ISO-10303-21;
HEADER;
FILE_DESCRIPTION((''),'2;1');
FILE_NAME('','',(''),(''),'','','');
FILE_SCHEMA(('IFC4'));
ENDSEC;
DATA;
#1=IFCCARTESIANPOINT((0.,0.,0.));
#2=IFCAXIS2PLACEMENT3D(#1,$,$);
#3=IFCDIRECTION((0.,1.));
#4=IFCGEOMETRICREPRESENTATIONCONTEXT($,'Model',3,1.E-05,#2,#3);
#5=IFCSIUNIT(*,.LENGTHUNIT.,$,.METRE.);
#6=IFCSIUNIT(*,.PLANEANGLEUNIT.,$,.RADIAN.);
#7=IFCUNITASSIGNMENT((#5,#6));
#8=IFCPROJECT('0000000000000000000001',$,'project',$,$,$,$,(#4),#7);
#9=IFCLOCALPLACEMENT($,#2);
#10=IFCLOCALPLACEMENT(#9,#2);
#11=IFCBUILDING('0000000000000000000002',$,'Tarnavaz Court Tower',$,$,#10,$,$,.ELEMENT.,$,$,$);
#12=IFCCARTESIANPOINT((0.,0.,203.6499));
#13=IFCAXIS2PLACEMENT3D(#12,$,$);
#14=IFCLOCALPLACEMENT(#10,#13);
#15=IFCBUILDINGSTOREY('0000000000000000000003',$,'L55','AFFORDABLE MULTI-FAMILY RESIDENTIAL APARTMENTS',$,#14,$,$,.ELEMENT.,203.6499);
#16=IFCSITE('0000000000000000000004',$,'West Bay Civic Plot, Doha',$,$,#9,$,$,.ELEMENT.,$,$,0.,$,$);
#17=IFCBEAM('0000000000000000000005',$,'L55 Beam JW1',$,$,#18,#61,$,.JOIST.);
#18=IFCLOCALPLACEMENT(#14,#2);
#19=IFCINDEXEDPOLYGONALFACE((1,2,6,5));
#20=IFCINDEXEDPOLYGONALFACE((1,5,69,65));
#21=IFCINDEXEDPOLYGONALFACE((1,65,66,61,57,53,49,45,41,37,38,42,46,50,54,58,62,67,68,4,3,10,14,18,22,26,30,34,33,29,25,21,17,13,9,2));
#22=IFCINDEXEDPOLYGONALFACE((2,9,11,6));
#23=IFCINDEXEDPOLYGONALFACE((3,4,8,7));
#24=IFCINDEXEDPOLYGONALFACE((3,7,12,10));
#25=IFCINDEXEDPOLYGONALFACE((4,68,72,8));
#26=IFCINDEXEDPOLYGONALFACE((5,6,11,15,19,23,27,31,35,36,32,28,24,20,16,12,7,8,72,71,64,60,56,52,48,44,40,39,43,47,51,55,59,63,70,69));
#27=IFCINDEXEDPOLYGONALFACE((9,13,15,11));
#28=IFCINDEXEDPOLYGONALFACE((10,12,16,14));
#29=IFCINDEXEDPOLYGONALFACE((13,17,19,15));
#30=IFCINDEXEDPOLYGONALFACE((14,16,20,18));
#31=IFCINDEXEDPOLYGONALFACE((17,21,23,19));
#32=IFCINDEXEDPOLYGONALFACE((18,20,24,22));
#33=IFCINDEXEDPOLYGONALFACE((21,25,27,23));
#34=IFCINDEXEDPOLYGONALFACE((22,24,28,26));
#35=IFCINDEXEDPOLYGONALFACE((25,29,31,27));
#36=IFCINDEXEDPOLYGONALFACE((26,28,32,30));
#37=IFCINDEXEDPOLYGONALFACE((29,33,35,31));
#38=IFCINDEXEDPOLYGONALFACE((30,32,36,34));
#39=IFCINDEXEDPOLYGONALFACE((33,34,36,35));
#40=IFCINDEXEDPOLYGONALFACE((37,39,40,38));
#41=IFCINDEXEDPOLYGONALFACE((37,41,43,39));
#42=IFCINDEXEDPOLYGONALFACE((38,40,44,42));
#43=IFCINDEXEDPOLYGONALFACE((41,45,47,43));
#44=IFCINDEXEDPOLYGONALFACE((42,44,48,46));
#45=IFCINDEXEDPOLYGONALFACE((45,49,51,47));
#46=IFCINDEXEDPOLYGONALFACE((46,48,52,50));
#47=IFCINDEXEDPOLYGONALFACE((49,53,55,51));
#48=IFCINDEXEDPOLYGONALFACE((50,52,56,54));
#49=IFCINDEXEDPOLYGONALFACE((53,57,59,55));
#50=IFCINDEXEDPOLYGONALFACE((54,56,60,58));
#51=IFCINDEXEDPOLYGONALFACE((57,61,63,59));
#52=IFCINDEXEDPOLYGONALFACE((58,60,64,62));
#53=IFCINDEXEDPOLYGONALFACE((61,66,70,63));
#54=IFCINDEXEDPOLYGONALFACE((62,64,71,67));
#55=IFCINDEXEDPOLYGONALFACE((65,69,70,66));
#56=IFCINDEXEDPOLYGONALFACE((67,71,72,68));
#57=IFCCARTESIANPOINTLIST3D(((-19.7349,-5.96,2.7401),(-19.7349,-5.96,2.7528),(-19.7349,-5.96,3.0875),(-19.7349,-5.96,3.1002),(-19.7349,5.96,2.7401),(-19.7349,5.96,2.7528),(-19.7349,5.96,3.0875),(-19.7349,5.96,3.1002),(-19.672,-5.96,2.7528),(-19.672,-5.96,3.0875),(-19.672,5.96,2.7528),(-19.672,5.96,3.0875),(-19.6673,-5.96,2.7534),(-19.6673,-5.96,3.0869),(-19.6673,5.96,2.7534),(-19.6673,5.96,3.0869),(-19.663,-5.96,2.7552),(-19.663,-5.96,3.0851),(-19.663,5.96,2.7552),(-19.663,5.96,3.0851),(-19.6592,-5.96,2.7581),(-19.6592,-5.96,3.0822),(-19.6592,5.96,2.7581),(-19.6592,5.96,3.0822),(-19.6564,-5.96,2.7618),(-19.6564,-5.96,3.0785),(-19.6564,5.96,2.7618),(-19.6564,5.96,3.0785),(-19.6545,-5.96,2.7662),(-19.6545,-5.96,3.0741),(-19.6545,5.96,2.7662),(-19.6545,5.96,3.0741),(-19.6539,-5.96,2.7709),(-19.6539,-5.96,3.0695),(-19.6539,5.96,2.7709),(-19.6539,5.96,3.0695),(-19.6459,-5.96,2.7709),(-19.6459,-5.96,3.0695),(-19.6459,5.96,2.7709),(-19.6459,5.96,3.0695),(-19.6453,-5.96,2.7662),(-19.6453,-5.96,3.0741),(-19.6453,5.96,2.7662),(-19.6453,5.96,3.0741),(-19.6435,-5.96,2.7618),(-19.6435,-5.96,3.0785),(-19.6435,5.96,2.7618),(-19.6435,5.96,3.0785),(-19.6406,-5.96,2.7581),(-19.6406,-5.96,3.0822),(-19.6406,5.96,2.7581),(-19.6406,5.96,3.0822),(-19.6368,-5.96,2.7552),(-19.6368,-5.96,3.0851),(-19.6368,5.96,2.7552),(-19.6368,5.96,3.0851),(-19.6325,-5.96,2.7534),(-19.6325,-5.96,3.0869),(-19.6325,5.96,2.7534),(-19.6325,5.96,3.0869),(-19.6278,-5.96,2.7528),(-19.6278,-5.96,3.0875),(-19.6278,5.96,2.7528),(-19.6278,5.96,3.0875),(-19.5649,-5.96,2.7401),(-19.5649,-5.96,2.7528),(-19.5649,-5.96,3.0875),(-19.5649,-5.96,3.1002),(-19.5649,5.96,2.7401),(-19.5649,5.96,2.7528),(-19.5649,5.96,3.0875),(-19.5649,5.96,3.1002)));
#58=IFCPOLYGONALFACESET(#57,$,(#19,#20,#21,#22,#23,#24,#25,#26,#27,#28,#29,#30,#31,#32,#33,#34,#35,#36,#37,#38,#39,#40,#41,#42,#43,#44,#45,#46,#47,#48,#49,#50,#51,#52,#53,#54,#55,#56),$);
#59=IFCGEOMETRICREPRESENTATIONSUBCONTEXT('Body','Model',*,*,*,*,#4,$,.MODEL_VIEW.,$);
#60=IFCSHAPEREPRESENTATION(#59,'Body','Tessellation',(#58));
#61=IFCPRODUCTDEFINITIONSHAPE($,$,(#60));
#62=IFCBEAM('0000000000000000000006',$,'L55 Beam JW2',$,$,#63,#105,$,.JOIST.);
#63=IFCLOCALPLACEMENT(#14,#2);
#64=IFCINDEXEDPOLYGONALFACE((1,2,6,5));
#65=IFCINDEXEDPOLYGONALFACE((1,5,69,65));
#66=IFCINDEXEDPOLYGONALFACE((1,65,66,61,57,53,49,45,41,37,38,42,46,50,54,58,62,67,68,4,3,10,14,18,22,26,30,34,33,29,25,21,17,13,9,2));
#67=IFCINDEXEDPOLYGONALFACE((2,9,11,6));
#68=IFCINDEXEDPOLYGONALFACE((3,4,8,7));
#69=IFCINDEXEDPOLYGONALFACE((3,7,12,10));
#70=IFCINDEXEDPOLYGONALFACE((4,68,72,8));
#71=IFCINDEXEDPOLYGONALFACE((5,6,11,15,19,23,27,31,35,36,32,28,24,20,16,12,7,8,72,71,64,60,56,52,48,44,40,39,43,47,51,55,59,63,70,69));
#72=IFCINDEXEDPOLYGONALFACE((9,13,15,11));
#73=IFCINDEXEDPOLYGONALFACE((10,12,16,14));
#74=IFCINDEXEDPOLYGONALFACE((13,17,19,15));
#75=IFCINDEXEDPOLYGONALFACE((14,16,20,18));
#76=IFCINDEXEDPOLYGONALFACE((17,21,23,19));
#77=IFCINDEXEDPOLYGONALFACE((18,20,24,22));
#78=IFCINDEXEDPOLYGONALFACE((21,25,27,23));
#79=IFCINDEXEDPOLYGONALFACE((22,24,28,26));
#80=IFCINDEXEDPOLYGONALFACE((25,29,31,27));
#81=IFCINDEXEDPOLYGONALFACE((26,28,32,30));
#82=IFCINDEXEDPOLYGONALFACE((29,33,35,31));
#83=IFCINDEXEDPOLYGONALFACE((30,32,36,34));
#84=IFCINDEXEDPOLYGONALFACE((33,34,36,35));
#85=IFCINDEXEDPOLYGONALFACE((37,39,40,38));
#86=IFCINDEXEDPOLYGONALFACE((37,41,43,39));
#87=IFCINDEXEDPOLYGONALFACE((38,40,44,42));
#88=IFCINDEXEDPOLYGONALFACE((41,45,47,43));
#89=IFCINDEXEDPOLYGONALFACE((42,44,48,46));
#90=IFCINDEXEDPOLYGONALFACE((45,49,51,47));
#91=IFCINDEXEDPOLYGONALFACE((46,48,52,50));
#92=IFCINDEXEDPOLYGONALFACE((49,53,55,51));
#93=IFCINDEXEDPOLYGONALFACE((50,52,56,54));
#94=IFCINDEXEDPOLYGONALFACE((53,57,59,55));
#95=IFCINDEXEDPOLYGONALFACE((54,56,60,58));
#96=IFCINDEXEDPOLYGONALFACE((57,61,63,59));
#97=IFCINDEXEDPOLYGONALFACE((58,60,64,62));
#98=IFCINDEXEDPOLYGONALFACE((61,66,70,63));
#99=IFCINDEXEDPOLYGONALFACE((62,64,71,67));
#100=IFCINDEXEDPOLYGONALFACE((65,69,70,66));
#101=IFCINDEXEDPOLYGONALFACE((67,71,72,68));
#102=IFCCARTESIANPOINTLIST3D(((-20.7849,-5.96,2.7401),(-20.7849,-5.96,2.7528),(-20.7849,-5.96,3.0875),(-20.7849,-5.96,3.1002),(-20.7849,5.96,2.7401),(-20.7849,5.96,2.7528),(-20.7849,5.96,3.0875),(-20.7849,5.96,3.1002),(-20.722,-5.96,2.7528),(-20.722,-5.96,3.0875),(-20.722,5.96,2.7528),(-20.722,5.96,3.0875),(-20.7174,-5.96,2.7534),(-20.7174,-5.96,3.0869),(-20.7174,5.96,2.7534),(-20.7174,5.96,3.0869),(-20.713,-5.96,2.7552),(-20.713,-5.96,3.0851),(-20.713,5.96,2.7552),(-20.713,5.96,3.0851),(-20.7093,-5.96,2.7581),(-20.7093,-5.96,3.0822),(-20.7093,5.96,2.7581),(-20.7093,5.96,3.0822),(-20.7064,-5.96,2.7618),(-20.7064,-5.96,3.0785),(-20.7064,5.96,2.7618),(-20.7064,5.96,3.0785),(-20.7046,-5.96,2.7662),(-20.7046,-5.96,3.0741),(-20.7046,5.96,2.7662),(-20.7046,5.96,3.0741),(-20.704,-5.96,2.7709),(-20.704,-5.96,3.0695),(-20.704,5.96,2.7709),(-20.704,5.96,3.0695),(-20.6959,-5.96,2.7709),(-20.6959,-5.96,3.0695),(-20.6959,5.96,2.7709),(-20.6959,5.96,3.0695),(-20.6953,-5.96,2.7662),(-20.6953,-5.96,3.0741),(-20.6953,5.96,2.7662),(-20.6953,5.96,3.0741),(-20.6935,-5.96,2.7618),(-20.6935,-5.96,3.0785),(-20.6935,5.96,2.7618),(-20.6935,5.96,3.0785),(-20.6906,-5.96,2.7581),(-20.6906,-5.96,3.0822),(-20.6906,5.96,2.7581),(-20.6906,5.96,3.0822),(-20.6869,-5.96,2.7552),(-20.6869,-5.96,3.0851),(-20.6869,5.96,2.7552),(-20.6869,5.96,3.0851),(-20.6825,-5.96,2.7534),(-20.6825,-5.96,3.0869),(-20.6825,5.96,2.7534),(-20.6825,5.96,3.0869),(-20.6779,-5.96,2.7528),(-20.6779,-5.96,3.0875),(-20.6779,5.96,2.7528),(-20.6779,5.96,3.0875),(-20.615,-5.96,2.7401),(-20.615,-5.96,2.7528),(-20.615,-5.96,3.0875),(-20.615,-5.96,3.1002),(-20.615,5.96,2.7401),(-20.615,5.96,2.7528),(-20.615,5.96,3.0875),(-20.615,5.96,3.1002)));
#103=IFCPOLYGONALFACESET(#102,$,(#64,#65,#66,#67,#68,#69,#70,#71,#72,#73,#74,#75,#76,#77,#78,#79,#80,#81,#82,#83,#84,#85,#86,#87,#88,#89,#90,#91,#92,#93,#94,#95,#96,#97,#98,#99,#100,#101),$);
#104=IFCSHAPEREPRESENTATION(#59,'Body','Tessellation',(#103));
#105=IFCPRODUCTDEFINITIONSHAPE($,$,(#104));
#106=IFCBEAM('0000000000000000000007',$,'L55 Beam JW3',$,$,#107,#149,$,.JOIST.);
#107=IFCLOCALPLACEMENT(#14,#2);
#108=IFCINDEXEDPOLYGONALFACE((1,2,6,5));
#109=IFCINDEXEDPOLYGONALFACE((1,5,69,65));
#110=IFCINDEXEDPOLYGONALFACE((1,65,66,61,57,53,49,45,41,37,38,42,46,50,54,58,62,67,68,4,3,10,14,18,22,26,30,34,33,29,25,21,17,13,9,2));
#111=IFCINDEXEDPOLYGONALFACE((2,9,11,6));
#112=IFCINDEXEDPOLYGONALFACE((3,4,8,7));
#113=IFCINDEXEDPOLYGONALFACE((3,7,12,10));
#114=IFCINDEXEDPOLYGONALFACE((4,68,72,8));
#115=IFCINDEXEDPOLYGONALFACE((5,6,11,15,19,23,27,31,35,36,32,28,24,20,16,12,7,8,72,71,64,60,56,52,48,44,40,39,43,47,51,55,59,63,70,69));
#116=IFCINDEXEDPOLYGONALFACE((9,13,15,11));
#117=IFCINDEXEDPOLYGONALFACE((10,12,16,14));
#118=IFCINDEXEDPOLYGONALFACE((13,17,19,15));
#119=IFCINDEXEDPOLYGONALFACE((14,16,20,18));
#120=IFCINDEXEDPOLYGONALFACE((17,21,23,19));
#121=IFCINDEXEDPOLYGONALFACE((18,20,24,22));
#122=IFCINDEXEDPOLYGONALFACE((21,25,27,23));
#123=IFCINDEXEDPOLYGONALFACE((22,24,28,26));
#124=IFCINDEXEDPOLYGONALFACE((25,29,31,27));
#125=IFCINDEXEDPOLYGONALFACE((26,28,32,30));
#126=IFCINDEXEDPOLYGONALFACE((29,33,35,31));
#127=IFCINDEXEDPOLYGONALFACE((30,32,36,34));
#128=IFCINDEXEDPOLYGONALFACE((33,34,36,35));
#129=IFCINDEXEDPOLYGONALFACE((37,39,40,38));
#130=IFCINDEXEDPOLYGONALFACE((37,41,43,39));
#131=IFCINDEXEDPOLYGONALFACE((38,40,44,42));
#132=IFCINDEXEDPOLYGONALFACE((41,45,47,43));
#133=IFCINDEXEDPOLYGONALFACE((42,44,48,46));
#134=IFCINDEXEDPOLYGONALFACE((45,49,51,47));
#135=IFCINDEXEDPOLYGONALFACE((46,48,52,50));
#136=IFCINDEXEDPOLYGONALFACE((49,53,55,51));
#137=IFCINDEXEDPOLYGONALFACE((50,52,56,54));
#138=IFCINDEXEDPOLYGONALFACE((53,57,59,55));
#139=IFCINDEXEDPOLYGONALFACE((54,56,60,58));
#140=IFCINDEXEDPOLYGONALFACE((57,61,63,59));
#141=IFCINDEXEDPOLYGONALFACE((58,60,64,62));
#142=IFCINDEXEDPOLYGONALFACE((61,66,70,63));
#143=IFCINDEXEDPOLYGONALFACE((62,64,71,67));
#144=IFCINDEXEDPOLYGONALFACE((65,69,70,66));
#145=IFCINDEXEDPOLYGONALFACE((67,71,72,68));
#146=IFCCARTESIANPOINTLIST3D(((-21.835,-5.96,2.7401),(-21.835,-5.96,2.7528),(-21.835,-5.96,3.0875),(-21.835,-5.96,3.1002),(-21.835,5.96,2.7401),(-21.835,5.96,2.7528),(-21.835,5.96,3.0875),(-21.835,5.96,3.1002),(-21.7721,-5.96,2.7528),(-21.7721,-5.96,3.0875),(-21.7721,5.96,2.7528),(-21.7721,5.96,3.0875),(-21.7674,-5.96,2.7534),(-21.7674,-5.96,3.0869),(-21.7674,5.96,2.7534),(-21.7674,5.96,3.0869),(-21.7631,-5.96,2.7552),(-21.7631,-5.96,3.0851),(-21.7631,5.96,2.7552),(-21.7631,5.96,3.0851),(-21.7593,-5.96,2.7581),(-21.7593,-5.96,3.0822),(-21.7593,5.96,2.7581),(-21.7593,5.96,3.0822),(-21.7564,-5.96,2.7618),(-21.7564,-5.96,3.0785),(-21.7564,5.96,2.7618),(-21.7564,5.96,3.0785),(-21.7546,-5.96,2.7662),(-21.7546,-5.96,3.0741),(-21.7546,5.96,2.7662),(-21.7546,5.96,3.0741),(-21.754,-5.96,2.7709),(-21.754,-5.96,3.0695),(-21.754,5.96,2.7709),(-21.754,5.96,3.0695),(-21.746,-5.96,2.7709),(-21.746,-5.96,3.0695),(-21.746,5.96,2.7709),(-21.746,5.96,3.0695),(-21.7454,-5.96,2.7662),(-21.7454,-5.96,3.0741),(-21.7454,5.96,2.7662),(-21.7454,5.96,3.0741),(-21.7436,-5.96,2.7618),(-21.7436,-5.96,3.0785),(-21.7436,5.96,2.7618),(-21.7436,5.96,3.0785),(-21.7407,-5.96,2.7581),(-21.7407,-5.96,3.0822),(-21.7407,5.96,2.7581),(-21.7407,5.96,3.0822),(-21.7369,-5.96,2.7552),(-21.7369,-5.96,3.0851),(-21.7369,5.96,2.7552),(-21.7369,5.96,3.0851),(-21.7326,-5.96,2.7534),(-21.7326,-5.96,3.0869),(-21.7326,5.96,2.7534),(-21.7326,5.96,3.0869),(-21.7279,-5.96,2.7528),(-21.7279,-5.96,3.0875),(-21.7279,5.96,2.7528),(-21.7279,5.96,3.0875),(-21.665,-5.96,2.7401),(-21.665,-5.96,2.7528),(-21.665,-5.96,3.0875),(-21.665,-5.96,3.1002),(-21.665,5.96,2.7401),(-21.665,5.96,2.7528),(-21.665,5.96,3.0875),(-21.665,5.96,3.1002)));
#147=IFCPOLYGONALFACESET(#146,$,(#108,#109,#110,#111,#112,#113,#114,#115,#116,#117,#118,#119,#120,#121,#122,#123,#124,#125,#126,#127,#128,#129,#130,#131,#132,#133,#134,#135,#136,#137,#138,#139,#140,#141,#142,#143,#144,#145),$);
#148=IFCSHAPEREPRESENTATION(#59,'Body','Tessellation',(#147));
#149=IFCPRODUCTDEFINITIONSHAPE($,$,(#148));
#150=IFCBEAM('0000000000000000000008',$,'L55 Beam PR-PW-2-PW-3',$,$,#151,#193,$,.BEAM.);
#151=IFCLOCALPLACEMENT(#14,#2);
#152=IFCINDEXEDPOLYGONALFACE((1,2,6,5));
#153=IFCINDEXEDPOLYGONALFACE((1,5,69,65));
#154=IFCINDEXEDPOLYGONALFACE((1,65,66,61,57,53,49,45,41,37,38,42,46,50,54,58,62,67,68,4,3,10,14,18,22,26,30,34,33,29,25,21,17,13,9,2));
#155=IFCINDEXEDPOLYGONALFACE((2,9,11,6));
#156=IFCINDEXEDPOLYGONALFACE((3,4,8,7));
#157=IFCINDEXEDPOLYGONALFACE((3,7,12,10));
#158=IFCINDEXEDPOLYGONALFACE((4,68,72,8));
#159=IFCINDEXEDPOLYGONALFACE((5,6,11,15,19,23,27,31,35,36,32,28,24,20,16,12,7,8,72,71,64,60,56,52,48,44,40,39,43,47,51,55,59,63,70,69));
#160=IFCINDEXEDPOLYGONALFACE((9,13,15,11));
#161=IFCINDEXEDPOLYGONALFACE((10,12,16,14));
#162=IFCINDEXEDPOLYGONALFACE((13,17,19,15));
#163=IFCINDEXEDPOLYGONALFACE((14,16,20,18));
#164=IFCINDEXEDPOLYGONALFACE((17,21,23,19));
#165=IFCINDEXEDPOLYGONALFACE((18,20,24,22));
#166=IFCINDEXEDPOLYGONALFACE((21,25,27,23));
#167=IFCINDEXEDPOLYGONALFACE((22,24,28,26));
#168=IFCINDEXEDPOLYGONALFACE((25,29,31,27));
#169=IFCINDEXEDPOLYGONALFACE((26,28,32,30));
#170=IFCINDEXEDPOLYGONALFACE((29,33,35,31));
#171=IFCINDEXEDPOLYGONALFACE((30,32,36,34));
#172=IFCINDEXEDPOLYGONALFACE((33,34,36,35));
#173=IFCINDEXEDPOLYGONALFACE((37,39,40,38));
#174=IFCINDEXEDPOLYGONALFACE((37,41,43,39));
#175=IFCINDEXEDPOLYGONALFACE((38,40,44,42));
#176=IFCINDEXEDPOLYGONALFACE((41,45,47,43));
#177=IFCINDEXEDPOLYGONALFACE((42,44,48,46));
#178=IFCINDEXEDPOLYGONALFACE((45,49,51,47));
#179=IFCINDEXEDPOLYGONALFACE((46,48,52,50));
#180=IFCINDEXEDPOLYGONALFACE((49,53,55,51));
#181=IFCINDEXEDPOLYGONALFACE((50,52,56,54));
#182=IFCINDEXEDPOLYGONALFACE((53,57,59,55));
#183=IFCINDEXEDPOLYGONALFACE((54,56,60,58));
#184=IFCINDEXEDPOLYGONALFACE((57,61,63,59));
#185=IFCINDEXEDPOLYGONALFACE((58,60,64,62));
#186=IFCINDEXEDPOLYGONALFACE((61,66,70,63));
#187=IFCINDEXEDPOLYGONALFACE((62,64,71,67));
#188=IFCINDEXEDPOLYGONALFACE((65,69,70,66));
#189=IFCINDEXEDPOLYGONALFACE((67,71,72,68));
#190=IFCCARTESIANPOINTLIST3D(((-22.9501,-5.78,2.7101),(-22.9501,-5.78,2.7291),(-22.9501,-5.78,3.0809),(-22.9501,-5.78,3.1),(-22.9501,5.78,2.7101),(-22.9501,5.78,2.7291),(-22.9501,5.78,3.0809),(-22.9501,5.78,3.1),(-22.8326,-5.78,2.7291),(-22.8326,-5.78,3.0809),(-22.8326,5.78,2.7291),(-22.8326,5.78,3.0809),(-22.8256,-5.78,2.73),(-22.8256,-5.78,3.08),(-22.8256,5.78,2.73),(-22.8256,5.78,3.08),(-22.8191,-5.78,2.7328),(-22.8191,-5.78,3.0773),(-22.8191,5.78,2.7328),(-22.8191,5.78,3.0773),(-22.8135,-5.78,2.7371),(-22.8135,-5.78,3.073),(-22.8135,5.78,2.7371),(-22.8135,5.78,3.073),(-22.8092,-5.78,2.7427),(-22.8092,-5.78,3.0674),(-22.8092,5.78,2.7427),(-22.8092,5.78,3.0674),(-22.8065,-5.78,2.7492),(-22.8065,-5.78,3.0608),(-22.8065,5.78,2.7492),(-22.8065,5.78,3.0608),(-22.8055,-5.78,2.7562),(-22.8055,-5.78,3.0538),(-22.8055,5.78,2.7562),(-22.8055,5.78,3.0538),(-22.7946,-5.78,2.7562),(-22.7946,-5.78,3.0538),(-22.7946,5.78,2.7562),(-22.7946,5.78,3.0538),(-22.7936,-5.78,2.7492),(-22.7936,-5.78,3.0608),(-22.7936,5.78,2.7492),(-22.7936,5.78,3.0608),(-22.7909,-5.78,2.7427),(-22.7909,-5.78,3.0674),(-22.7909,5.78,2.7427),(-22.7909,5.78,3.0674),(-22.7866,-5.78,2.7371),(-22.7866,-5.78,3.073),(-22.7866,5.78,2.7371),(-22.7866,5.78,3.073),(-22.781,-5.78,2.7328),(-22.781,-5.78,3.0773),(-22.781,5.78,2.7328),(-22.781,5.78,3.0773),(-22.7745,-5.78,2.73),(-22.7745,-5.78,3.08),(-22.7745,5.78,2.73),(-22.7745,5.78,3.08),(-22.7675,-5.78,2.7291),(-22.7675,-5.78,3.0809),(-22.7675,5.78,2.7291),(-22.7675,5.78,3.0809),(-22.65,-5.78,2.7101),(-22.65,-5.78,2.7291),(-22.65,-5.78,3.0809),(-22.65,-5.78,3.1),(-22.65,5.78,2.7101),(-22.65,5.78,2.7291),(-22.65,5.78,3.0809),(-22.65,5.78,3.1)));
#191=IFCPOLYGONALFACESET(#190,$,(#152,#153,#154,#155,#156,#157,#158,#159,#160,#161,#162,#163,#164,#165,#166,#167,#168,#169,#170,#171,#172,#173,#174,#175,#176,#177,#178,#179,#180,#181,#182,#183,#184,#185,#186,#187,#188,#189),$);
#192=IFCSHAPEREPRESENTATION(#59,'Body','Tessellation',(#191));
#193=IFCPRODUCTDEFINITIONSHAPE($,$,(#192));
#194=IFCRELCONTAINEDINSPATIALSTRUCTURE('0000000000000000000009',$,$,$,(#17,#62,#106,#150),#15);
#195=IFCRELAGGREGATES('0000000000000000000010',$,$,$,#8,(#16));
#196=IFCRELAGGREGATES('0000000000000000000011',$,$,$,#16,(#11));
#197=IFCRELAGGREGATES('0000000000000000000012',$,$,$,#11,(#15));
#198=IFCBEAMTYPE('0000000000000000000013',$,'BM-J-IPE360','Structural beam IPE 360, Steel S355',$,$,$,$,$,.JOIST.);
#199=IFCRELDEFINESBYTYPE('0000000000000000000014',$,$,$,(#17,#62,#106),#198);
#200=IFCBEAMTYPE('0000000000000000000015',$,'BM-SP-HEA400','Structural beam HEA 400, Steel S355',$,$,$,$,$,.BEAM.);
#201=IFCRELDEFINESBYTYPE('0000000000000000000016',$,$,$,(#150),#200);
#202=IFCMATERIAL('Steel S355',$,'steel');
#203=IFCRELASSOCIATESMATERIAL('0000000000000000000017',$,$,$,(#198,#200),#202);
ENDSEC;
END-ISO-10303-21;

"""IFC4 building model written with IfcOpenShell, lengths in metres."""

from ifc_helpers import new_model, si_unit, direction, frame, origin, origin_2d, place, context, subcontext, project, spatial, i_section, extrude, material, material_profile, profile_set, type_object, element, save


model = new_model("IFC4")

# Units and contexts
model_context = context("Model", 3, precision=1e-05, world=origin(), true_north=direction((0.0, 1.0)))
body_context = subcontext(model_context, "Body", "Model", "MODEL_VIEW")
ifc_project = project(units=[si_unit("LENGTHUNIT", "METRE"), si_unit("PLANEANGLEUNIT", "RADIAN")], contexts=[model_context])

# Site, building, storey
site_placement = place(None, origin())
site = spatial("IfcSite", under=ifc_project, at=site_placement, Name="West Bay Civic Plot, Doha", CompositionType="ELEMENT", RefElevation=0.0)
building_placement = place(site_placement, origin())
building = spatial("IfcBuilding", under=site, at=building_placement, Name="Tarnavaz Court Tower", CompositionType="ELEMENT")
storey_placement = place(building_placement, frame((0.0, 0.0, 203.6499)))
storey = spatial("IfcBuildingStorey", under=building, at=storey_placement, Name="L55", Description="AFFORDABLE MULTI-FAMILY RESIDENTIAL APARTMENTS", CompositionType="ELEMENT", Elevation=203.6499)

# Beams
ifc_material_1 = material(Name="Steel S355", Category="steel")
ifc_material_profile_1 = material_profile(ifc_material_1, i_section(OverallWidth=0.1699, OverallDepth=0.3601, WebThickness=0.0081, FlangeThickness=0.0127, FilletRadius=0.0181, at=origin_2d()), Name="IPE 360")
ifc_profile_set_1 = profile_set([ifc_material_profile_1], Name="Steel S355")
beam_type_1 = type_object("IfcBeamType", Name="BM-J-IPE360", Description="Structural beam IPE 360, Steel S355", PredefinedType="JOIST", material=ifc_profile_set_1)
for number, where, z_axis, x_axis, name in (
    (1, (-19.6499, -5.96, 2.9202), (0.0, 1.0, 0.0), (-1.0, 0.0, 0.0), "L55 Beam JW1"),
    (2, (-20.7, -5.96, 2.9202), (0.0, 1.0, 0.0), (-1.0, 0.0, 0.0), "L55 Beam JW2"),
    (3, (-21.75, -5.96, 2.9202), (0.0, 1.0, 0.0), (-1.0, 0.0, 0.0), "L55 Beam JW3"),
):
    element("IfcBeam", number, at=place(storey_placement, frame(where, z_axis=z_axis, x_axis=x_axis)), inside=storey, type_object=beam_type_1, Name=name, PredefinedType="JOIST", context=body_context, shape_type="SweptSolid", body=[
        extrude(i_section(OverallWidth=0.1699, OverallDepth=0.3601, WebThickness=0.0081, FlangeThickness=0.0127, FilletRadius=0.0181, at=origin_2d()), origin(), (0.0, 0.0, 1.0), 11.9199),
    ])
ifc_material_profile_2 = material_profile(ifc_material_1, i_section(OverallWidth=0.3, OverallDepth=0.3899, WebThickness=0.011, FlangeThickness=0.019, FilletRadius=0.0271, at=origin_2d()), Name="HEA 400")
ifc_profile_set_2 = profile_set([ifc_material_profile_2], Name="Steel S355")
beam_type_2 = type_object("IfcBeamType", Name="BM-SP-HEA400", Description="Structural beam HEA 400, Steel S355", PredefinedType="BEAM", material=ifc_profile_set_2)
beam_1_placement = place(storey_placement, frame((-22.8, -5.78, 2.905), z_axis=(0.0, 1.0, 0.0), x_axis=(-1.0, 0.0, 0.0)))
element("IfcBeam", 4, at=beam_1_placement, inside=storey, type_object=beam_type_2, Name="L55 Beam PR-PW-2-PW-3", PredefinedType="BEAM", context=body_context, shape_type="SweptSolid", body=[
    extrude(i_section(OverallWidth=0.3, OverallDepth=0.3899, WebThickness=0.011, FlangeThickness=0.019, FilletRadius=0.0271, at=origin_2d()), origin(), (0.0, 0.0, 1.0), 11.5601),
])

save(model, "model.ifc")
